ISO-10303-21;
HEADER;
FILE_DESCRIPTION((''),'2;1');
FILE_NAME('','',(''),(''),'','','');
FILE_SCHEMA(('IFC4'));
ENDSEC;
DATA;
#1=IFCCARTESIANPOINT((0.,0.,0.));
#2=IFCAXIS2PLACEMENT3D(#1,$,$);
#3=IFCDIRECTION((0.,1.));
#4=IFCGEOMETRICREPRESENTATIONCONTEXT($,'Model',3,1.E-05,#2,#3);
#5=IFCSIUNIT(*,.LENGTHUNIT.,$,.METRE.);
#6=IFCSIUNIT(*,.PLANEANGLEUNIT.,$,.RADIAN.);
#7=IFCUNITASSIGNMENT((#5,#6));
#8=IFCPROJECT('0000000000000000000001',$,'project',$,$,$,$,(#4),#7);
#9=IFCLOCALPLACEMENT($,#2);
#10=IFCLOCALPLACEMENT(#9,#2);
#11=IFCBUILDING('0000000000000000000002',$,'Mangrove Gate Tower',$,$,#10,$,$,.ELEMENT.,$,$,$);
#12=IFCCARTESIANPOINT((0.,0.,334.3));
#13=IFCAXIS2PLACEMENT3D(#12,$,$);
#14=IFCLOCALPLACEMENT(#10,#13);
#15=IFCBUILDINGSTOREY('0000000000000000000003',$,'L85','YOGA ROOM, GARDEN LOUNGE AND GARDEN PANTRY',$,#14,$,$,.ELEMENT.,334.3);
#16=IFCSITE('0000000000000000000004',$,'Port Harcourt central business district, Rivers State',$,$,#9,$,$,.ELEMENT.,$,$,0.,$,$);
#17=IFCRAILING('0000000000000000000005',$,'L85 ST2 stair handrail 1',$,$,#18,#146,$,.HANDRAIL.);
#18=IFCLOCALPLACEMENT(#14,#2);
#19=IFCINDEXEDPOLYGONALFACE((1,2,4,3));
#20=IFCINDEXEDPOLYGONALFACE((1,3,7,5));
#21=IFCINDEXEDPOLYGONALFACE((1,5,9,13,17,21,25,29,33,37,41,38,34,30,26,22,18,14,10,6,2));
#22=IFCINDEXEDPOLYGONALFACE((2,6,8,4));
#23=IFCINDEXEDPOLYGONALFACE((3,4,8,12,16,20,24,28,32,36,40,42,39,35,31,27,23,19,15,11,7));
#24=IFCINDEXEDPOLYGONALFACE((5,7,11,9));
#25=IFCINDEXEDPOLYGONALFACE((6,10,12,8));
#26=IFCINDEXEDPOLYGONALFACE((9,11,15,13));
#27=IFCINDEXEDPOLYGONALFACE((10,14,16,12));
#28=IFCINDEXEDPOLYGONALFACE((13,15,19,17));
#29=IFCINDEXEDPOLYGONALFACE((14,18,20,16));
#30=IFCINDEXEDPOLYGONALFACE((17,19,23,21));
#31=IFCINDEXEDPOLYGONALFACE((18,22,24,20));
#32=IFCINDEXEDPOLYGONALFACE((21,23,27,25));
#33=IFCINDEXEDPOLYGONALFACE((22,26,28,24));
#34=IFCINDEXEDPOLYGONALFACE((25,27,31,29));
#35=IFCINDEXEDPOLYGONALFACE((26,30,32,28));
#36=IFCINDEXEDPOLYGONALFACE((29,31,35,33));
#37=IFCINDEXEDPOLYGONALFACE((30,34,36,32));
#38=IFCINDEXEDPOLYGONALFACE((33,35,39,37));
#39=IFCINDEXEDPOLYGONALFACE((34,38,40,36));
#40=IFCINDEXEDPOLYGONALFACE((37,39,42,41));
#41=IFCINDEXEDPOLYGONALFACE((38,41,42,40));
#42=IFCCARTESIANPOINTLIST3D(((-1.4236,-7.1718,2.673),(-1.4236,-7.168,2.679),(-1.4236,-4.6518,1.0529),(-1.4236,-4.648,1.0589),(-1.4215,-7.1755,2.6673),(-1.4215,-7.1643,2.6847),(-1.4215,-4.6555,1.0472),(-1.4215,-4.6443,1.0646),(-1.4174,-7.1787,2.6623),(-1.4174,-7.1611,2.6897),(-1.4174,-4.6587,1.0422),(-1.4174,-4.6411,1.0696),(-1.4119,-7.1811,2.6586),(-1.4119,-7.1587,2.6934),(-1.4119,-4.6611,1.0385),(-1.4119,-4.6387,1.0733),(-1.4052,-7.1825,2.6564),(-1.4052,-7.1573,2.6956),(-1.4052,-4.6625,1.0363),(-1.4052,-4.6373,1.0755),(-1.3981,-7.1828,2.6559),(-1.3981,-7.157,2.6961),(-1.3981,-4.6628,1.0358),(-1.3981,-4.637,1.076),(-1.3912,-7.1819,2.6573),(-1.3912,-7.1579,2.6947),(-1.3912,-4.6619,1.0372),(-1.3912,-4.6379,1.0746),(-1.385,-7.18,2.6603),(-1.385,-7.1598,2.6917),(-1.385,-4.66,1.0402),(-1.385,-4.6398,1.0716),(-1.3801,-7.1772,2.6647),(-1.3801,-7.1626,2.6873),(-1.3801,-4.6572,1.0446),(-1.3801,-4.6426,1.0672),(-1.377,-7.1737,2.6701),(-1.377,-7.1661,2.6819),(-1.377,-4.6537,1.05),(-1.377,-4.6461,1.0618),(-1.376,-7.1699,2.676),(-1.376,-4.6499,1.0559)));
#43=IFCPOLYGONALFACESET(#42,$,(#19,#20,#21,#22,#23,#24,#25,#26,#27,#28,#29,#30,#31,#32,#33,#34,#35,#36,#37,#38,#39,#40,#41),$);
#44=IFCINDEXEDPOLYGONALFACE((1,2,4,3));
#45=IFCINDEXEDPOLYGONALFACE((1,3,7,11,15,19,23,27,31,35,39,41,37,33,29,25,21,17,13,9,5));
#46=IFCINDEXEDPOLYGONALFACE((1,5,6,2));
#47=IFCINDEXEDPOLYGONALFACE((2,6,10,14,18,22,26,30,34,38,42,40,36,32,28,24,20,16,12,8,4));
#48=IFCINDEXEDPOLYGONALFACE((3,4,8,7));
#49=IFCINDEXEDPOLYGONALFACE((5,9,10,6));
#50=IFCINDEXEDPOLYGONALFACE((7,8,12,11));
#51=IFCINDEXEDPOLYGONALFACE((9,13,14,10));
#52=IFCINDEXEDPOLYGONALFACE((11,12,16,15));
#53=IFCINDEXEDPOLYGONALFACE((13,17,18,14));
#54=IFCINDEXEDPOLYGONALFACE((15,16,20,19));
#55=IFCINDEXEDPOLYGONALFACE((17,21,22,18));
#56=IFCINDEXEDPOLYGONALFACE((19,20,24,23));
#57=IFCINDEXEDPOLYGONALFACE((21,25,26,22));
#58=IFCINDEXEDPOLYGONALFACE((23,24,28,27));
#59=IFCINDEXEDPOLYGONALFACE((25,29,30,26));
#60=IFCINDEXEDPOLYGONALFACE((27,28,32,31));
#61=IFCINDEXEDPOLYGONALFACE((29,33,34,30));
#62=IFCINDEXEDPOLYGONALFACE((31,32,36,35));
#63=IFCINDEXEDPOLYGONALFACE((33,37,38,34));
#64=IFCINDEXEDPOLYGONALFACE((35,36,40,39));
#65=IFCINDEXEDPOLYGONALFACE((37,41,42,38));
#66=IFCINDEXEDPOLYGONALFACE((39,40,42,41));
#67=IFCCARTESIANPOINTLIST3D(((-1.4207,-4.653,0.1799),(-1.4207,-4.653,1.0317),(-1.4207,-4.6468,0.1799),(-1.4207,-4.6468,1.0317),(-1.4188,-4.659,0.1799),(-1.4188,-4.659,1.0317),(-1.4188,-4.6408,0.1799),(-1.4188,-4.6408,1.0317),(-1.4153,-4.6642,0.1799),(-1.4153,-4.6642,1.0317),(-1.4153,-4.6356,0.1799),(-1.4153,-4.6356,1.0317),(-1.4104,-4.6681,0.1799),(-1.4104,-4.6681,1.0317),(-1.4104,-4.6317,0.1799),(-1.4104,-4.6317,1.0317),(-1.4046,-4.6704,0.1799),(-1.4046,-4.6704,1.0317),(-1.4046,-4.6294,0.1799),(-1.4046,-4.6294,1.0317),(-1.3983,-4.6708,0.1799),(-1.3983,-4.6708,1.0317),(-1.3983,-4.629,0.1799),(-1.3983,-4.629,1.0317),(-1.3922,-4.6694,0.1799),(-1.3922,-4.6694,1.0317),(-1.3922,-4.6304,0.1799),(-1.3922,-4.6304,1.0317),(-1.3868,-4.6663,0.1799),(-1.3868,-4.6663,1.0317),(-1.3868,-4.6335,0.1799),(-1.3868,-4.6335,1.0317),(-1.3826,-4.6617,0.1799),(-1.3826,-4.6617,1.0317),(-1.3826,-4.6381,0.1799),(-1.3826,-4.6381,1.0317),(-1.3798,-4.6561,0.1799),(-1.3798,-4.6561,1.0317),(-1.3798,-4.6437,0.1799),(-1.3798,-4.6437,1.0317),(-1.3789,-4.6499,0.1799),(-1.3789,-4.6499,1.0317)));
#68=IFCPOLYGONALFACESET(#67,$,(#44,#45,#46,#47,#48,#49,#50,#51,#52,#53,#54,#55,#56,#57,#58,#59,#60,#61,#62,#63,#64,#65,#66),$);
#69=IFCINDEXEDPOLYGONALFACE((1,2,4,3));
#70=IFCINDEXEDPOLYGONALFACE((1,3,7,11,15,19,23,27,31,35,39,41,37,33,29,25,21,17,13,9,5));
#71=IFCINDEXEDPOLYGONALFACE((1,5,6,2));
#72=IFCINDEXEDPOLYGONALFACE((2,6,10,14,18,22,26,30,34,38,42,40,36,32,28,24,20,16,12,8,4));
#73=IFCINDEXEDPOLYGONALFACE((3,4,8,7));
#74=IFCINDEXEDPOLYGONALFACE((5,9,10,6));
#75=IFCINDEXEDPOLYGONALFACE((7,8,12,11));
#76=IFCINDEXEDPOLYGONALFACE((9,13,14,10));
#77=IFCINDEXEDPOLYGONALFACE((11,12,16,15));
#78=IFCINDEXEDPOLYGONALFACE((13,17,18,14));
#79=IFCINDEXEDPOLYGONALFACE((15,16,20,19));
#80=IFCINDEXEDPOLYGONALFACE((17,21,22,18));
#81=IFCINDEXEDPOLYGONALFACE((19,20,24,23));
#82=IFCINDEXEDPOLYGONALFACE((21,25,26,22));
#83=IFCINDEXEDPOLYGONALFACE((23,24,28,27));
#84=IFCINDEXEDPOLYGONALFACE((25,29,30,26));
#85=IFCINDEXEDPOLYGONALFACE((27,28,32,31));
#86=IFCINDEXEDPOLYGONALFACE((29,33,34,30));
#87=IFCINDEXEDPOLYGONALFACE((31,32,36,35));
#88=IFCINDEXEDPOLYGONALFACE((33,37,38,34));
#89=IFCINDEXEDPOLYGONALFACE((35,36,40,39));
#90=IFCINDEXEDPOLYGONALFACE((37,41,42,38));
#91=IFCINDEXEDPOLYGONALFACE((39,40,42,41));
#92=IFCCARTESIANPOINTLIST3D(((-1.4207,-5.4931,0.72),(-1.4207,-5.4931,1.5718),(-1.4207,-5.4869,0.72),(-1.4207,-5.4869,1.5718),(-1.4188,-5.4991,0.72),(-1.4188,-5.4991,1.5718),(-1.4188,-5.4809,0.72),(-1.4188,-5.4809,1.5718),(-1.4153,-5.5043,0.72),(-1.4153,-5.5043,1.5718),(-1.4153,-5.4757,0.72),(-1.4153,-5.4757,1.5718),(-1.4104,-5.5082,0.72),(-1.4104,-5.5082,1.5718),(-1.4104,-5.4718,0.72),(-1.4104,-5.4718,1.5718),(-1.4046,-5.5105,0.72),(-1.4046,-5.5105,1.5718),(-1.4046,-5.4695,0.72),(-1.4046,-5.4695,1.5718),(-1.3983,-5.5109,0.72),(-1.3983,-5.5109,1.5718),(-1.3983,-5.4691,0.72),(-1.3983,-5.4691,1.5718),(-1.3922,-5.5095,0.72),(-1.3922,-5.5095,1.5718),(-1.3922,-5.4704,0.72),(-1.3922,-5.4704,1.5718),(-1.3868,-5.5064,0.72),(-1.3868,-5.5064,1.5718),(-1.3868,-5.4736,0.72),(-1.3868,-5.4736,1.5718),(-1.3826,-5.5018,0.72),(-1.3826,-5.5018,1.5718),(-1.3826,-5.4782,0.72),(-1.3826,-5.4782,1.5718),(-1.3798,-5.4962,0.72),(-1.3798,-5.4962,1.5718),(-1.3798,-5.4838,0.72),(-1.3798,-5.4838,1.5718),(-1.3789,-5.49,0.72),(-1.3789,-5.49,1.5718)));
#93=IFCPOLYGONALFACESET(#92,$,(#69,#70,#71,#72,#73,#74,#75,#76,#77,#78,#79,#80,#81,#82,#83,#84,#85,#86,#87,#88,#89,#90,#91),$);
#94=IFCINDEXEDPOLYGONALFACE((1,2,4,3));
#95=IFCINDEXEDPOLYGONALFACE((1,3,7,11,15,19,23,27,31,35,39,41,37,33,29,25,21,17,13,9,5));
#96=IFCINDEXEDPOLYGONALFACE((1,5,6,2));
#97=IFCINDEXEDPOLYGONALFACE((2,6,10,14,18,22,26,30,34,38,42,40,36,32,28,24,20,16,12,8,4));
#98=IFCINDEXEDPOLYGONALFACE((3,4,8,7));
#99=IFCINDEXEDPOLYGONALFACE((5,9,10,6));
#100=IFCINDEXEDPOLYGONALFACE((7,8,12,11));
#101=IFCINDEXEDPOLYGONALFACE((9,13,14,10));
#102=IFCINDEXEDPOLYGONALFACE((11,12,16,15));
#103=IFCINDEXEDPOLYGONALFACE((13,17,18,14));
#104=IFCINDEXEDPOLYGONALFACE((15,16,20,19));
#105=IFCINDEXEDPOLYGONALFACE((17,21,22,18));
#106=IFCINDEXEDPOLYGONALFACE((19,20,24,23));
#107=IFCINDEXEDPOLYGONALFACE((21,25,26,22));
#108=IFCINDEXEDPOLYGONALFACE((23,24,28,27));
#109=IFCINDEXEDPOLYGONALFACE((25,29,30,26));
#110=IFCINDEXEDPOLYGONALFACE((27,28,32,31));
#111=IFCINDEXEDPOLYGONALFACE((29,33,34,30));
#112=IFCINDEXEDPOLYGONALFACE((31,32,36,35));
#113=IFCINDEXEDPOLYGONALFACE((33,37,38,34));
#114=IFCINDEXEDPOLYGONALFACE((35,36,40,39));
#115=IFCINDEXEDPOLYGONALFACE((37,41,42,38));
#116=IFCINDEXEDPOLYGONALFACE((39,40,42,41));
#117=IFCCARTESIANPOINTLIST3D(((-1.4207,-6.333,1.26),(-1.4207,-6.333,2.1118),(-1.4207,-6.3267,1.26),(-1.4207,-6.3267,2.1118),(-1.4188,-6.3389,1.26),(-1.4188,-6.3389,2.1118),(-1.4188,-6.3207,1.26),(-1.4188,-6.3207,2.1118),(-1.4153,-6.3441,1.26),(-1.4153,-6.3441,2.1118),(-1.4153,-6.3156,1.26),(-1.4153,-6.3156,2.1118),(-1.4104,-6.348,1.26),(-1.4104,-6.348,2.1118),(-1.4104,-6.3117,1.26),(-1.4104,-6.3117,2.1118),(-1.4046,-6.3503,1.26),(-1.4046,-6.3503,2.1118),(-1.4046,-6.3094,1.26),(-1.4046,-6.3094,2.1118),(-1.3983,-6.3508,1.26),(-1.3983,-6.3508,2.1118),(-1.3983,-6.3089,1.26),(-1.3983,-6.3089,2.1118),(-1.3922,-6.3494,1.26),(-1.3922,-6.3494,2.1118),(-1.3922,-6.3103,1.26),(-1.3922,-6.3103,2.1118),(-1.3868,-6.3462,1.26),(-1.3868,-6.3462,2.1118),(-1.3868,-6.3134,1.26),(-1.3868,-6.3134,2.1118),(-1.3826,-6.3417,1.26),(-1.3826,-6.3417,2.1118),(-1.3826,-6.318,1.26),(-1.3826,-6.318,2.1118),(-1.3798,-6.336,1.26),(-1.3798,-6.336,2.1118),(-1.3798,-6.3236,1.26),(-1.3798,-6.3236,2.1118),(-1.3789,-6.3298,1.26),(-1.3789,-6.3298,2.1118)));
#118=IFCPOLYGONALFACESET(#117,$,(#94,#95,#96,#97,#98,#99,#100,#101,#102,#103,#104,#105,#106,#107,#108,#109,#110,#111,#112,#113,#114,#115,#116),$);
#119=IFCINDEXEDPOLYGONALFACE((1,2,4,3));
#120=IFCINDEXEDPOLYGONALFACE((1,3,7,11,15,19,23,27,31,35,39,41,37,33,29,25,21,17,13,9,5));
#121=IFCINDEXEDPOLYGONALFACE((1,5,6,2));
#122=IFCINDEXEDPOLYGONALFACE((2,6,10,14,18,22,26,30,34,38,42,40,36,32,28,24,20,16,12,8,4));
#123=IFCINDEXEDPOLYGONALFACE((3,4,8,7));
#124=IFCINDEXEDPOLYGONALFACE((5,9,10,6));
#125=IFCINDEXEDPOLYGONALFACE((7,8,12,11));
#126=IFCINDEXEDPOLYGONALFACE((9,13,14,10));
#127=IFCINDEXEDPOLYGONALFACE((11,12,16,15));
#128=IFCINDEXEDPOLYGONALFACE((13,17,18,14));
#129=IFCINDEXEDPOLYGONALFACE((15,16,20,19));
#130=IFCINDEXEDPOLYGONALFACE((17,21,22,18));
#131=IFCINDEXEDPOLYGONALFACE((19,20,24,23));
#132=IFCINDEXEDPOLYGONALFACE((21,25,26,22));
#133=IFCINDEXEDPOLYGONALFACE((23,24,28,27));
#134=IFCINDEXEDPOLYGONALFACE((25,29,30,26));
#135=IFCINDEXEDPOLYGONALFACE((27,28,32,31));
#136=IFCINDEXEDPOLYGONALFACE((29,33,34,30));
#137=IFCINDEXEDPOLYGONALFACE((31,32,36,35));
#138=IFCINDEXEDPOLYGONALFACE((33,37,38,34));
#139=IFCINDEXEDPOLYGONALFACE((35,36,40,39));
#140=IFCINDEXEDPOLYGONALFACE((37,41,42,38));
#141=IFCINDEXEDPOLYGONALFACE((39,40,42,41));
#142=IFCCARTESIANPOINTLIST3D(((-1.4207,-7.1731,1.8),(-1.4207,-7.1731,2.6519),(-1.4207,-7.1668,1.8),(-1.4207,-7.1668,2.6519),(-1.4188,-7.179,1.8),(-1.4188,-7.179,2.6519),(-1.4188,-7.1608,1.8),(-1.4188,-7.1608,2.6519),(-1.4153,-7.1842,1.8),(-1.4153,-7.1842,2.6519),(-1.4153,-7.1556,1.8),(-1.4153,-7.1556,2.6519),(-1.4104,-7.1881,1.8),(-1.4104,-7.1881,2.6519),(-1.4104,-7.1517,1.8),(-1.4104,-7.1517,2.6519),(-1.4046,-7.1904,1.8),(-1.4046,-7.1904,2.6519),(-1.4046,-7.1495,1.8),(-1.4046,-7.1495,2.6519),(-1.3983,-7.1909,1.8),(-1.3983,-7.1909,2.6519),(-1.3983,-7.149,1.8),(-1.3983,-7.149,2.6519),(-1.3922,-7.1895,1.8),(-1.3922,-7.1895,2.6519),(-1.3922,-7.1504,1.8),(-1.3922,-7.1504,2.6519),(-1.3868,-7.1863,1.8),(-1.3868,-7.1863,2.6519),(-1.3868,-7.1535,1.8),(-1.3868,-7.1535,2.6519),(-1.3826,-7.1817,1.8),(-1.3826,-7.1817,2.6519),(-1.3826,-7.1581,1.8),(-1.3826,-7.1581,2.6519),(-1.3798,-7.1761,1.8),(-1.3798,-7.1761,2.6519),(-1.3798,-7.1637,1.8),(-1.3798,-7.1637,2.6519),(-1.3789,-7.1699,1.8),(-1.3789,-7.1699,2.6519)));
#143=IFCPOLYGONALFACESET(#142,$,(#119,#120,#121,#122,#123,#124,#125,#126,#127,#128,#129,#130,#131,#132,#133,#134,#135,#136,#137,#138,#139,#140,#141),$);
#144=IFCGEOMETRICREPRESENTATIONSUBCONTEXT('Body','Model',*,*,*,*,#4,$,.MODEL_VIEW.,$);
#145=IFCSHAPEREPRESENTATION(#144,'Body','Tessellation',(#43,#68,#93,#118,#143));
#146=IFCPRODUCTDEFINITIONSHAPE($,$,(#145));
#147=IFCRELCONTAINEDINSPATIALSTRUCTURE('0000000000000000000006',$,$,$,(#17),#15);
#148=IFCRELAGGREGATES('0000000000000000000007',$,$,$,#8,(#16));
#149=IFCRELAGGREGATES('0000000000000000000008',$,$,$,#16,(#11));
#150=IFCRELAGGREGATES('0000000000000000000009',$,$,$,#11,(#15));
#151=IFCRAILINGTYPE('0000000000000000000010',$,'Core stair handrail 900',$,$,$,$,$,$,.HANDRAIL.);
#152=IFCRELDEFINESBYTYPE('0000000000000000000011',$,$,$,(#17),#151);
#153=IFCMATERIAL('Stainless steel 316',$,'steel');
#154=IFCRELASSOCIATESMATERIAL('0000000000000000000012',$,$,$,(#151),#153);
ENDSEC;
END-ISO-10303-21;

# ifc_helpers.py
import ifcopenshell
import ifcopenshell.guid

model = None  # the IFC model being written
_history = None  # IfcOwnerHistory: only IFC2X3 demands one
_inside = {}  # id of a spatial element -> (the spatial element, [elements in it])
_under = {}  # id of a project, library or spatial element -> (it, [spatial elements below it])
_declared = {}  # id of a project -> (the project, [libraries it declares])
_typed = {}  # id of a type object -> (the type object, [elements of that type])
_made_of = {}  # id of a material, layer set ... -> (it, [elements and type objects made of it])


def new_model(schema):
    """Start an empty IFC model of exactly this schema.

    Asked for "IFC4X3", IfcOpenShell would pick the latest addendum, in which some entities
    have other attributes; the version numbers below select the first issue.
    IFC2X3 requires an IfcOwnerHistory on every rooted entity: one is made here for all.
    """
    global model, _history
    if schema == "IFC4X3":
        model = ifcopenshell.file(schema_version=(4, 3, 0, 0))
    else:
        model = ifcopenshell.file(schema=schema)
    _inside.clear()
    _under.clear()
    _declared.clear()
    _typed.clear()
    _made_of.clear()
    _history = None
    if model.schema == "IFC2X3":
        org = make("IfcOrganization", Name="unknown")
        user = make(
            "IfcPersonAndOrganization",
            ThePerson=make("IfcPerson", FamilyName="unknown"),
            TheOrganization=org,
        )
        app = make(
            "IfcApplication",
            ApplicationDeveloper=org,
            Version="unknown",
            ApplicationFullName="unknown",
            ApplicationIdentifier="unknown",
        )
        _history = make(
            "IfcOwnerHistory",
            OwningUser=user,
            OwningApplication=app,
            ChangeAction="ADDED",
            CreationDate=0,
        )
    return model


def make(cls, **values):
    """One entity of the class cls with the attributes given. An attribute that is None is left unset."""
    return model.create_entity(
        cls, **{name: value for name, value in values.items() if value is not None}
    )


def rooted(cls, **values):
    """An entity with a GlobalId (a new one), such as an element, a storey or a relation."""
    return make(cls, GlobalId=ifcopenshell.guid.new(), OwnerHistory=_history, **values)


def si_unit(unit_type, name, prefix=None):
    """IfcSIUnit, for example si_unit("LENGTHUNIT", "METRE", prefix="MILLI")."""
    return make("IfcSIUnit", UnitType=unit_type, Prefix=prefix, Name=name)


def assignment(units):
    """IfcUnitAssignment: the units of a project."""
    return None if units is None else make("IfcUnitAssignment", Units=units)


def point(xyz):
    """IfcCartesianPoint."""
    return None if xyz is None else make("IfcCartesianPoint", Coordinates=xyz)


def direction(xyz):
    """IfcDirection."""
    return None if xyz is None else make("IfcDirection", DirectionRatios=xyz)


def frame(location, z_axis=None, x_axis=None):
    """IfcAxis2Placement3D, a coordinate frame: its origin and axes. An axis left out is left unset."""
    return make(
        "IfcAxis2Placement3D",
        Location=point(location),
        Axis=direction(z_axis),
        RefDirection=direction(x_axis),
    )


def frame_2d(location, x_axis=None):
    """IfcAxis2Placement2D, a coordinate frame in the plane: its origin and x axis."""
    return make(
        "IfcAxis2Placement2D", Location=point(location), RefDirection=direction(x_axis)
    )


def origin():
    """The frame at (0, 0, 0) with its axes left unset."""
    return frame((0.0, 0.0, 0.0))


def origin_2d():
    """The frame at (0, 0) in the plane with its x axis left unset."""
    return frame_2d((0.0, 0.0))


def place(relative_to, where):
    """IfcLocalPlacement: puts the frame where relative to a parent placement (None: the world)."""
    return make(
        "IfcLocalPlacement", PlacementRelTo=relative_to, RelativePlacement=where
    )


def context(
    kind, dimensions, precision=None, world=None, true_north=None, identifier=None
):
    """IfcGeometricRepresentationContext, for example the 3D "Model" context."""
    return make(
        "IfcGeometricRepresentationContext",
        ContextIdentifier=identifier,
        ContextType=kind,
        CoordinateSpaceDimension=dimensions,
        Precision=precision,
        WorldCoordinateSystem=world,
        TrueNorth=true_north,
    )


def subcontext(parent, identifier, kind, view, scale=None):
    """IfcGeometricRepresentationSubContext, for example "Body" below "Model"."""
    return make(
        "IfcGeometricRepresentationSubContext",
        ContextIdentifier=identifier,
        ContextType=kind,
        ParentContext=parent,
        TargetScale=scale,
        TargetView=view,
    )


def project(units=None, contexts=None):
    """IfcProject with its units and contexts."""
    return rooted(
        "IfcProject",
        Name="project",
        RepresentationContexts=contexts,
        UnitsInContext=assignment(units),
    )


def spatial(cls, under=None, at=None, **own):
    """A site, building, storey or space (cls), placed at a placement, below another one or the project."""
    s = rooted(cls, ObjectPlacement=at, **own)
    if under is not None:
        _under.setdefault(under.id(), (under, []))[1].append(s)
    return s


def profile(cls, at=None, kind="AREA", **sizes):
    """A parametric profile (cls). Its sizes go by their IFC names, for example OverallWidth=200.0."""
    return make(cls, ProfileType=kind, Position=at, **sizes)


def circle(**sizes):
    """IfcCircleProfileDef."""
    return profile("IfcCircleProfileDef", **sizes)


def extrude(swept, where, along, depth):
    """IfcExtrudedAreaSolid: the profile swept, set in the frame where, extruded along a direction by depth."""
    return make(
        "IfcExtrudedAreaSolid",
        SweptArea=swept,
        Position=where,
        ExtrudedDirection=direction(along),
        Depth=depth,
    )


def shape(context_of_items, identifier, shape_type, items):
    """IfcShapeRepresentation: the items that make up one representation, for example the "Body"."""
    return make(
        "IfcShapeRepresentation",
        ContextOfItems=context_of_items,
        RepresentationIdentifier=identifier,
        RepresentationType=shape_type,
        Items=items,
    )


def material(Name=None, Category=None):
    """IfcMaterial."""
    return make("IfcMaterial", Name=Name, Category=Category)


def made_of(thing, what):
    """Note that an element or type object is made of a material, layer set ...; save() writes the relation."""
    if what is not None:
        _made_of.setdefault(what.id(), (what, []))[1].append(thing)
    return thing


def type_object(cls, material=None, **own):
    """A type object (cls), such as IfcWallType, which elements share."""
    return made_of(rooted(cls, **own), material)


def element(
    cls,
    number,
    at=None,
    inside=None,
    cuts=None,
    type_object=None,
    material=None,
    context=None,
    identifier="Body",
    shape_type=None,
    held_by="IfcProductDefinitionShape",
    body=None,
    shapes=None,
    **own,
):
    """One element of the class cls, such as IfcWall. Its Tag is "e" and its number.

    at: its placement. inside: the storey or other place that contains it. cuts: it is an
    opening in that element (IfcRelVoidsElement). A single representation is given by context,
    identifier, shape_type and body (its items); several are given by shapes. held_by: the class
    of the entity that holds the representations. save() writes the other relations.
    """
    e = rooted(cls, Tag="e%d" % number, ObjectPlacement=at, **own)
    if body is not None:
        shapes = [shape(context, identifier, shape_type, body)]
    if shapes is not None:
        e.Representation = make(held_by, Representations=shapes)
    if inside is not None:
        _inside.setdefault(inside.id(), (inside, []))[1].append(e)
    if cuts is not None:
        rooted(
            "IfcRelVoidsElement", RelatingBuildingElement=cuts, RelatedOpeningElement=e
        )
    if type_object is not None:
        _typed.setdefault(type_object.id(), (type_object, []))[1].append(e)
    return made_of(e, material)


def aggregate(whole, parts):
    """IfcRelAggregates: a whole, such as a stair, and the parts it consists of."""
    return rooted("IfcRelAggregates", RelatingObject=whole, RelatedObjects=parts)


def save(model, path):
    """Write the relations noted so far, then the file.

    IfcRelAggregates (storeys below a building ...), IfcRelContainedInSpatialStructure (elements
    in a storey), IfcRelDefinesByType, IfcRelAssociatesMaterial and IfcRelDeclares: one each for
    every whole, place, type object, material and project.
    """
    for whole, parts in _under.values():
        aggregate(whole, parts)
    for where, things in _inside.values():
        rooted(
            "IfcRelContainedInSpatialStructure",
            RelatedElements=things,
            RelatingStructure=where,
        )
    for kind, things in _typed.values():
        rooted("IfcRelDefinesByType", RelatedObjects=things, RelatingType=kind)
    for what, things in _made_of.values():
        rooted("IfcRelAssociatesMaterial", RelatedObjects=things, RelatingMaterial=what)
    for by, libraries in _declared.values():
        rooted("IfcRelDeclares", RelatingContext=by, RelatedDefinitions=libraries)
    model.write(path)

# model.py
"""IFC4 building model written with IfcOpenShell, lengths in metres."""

from ifc_helpers import new_model, si_unit, direction, frame, origin, origin_2d, place, context, subcontext, project, spatial, circle, extrude, material, type_object, element, save


model = new_model("IFC4")

# Units and contexts
model_context = context("Model", 3, precision=1e-05, world=origin(), true_north=direction((0.0, 1.0)))
body_context = subcontext(model_context, "Body", "Model", "MODEL_VIEW")
ifc_project = project(units=[si_unit("LENGTHUNIT", "METRE"), si_unit("PLANEANGLEUNIT", "RADIAN")], contexts=[model_context])

# Site, building, storey
site_placement = place(None, origin())
site = spatial("IfcSite", under=ifc_project, at=site_placement, Name="Port Harcourt central business district, Rivers State", CompositionType="ELEMENT", RefElevation=0.0)
building_placement = place(site_placement, origin())
building = spatial("IfcBuilding", under=site, at=building_placement, Name="Mangrove Gate Tower", CompositionType="ELEMENT")
storey_placement = place(building_placement, frame((0.0, 0.0, 334.3)))
storey = spatial("IfcBuildingStorey", under=building, at=storey_placement, Name="L85", Description="YOGA ROOM, GARDEN LOUNGE AND GARDEN PANTRY", CompositionType="ELEMENT", Elevation=334.3)

# Railing
ifc_material_1 = material(Name="Stainless steel 316", Category="steel")
railing_type_1 = type_object("IfcRailingType", Name="Core stair handrail 900", PredefinedType="HANDRAIL", material=ifc_material_1)
railing_1_placement = place(storey_placement, frame((-1.3999, -4.6499, 0.1799)))
element("IfcRailing", 1, at=railing_1_placement, inside=storey, type_object=railing_type_1, Name="L85 ST2 stair handrail 1", PredefinedType="HANDRAIL", context=body_context, shape_type="SweptSolid", body=[
    extrude(circle(Radius=0.0239, at=origin_2d()), frame((0.0, 0.0, 0.876), z_axis=(0.0, -0.841163, 0.540782), x_axis=(1.0, 0.0, 0.0)), (0.0, 0.0, 1.0), 2.9958),
    extrude(circle(Radius=0.021, at=origin_2d()), origin(), (0.0, 0.0, 1.0), 0.8518),
    extrude(circle(Radius=0.021, at=origin_2d()), frame((0.0, -0.8401, 0.54)), (0.0, 0.0, 1.0), 0.8518),
    extrude(circle(Radius=0.021, at=origin_2d()), frame((0.0, -1.6799, 1.0801)), (0.0, 0.0, 1.0), 0.8518),
    extrude(circle(Radius=0.021, at=origin_2d()), frame((0.0, -2.52, 1.6201)), (0.0, 0.0, 1.0), 0.8518),
])

save(model, "model.ifc")
